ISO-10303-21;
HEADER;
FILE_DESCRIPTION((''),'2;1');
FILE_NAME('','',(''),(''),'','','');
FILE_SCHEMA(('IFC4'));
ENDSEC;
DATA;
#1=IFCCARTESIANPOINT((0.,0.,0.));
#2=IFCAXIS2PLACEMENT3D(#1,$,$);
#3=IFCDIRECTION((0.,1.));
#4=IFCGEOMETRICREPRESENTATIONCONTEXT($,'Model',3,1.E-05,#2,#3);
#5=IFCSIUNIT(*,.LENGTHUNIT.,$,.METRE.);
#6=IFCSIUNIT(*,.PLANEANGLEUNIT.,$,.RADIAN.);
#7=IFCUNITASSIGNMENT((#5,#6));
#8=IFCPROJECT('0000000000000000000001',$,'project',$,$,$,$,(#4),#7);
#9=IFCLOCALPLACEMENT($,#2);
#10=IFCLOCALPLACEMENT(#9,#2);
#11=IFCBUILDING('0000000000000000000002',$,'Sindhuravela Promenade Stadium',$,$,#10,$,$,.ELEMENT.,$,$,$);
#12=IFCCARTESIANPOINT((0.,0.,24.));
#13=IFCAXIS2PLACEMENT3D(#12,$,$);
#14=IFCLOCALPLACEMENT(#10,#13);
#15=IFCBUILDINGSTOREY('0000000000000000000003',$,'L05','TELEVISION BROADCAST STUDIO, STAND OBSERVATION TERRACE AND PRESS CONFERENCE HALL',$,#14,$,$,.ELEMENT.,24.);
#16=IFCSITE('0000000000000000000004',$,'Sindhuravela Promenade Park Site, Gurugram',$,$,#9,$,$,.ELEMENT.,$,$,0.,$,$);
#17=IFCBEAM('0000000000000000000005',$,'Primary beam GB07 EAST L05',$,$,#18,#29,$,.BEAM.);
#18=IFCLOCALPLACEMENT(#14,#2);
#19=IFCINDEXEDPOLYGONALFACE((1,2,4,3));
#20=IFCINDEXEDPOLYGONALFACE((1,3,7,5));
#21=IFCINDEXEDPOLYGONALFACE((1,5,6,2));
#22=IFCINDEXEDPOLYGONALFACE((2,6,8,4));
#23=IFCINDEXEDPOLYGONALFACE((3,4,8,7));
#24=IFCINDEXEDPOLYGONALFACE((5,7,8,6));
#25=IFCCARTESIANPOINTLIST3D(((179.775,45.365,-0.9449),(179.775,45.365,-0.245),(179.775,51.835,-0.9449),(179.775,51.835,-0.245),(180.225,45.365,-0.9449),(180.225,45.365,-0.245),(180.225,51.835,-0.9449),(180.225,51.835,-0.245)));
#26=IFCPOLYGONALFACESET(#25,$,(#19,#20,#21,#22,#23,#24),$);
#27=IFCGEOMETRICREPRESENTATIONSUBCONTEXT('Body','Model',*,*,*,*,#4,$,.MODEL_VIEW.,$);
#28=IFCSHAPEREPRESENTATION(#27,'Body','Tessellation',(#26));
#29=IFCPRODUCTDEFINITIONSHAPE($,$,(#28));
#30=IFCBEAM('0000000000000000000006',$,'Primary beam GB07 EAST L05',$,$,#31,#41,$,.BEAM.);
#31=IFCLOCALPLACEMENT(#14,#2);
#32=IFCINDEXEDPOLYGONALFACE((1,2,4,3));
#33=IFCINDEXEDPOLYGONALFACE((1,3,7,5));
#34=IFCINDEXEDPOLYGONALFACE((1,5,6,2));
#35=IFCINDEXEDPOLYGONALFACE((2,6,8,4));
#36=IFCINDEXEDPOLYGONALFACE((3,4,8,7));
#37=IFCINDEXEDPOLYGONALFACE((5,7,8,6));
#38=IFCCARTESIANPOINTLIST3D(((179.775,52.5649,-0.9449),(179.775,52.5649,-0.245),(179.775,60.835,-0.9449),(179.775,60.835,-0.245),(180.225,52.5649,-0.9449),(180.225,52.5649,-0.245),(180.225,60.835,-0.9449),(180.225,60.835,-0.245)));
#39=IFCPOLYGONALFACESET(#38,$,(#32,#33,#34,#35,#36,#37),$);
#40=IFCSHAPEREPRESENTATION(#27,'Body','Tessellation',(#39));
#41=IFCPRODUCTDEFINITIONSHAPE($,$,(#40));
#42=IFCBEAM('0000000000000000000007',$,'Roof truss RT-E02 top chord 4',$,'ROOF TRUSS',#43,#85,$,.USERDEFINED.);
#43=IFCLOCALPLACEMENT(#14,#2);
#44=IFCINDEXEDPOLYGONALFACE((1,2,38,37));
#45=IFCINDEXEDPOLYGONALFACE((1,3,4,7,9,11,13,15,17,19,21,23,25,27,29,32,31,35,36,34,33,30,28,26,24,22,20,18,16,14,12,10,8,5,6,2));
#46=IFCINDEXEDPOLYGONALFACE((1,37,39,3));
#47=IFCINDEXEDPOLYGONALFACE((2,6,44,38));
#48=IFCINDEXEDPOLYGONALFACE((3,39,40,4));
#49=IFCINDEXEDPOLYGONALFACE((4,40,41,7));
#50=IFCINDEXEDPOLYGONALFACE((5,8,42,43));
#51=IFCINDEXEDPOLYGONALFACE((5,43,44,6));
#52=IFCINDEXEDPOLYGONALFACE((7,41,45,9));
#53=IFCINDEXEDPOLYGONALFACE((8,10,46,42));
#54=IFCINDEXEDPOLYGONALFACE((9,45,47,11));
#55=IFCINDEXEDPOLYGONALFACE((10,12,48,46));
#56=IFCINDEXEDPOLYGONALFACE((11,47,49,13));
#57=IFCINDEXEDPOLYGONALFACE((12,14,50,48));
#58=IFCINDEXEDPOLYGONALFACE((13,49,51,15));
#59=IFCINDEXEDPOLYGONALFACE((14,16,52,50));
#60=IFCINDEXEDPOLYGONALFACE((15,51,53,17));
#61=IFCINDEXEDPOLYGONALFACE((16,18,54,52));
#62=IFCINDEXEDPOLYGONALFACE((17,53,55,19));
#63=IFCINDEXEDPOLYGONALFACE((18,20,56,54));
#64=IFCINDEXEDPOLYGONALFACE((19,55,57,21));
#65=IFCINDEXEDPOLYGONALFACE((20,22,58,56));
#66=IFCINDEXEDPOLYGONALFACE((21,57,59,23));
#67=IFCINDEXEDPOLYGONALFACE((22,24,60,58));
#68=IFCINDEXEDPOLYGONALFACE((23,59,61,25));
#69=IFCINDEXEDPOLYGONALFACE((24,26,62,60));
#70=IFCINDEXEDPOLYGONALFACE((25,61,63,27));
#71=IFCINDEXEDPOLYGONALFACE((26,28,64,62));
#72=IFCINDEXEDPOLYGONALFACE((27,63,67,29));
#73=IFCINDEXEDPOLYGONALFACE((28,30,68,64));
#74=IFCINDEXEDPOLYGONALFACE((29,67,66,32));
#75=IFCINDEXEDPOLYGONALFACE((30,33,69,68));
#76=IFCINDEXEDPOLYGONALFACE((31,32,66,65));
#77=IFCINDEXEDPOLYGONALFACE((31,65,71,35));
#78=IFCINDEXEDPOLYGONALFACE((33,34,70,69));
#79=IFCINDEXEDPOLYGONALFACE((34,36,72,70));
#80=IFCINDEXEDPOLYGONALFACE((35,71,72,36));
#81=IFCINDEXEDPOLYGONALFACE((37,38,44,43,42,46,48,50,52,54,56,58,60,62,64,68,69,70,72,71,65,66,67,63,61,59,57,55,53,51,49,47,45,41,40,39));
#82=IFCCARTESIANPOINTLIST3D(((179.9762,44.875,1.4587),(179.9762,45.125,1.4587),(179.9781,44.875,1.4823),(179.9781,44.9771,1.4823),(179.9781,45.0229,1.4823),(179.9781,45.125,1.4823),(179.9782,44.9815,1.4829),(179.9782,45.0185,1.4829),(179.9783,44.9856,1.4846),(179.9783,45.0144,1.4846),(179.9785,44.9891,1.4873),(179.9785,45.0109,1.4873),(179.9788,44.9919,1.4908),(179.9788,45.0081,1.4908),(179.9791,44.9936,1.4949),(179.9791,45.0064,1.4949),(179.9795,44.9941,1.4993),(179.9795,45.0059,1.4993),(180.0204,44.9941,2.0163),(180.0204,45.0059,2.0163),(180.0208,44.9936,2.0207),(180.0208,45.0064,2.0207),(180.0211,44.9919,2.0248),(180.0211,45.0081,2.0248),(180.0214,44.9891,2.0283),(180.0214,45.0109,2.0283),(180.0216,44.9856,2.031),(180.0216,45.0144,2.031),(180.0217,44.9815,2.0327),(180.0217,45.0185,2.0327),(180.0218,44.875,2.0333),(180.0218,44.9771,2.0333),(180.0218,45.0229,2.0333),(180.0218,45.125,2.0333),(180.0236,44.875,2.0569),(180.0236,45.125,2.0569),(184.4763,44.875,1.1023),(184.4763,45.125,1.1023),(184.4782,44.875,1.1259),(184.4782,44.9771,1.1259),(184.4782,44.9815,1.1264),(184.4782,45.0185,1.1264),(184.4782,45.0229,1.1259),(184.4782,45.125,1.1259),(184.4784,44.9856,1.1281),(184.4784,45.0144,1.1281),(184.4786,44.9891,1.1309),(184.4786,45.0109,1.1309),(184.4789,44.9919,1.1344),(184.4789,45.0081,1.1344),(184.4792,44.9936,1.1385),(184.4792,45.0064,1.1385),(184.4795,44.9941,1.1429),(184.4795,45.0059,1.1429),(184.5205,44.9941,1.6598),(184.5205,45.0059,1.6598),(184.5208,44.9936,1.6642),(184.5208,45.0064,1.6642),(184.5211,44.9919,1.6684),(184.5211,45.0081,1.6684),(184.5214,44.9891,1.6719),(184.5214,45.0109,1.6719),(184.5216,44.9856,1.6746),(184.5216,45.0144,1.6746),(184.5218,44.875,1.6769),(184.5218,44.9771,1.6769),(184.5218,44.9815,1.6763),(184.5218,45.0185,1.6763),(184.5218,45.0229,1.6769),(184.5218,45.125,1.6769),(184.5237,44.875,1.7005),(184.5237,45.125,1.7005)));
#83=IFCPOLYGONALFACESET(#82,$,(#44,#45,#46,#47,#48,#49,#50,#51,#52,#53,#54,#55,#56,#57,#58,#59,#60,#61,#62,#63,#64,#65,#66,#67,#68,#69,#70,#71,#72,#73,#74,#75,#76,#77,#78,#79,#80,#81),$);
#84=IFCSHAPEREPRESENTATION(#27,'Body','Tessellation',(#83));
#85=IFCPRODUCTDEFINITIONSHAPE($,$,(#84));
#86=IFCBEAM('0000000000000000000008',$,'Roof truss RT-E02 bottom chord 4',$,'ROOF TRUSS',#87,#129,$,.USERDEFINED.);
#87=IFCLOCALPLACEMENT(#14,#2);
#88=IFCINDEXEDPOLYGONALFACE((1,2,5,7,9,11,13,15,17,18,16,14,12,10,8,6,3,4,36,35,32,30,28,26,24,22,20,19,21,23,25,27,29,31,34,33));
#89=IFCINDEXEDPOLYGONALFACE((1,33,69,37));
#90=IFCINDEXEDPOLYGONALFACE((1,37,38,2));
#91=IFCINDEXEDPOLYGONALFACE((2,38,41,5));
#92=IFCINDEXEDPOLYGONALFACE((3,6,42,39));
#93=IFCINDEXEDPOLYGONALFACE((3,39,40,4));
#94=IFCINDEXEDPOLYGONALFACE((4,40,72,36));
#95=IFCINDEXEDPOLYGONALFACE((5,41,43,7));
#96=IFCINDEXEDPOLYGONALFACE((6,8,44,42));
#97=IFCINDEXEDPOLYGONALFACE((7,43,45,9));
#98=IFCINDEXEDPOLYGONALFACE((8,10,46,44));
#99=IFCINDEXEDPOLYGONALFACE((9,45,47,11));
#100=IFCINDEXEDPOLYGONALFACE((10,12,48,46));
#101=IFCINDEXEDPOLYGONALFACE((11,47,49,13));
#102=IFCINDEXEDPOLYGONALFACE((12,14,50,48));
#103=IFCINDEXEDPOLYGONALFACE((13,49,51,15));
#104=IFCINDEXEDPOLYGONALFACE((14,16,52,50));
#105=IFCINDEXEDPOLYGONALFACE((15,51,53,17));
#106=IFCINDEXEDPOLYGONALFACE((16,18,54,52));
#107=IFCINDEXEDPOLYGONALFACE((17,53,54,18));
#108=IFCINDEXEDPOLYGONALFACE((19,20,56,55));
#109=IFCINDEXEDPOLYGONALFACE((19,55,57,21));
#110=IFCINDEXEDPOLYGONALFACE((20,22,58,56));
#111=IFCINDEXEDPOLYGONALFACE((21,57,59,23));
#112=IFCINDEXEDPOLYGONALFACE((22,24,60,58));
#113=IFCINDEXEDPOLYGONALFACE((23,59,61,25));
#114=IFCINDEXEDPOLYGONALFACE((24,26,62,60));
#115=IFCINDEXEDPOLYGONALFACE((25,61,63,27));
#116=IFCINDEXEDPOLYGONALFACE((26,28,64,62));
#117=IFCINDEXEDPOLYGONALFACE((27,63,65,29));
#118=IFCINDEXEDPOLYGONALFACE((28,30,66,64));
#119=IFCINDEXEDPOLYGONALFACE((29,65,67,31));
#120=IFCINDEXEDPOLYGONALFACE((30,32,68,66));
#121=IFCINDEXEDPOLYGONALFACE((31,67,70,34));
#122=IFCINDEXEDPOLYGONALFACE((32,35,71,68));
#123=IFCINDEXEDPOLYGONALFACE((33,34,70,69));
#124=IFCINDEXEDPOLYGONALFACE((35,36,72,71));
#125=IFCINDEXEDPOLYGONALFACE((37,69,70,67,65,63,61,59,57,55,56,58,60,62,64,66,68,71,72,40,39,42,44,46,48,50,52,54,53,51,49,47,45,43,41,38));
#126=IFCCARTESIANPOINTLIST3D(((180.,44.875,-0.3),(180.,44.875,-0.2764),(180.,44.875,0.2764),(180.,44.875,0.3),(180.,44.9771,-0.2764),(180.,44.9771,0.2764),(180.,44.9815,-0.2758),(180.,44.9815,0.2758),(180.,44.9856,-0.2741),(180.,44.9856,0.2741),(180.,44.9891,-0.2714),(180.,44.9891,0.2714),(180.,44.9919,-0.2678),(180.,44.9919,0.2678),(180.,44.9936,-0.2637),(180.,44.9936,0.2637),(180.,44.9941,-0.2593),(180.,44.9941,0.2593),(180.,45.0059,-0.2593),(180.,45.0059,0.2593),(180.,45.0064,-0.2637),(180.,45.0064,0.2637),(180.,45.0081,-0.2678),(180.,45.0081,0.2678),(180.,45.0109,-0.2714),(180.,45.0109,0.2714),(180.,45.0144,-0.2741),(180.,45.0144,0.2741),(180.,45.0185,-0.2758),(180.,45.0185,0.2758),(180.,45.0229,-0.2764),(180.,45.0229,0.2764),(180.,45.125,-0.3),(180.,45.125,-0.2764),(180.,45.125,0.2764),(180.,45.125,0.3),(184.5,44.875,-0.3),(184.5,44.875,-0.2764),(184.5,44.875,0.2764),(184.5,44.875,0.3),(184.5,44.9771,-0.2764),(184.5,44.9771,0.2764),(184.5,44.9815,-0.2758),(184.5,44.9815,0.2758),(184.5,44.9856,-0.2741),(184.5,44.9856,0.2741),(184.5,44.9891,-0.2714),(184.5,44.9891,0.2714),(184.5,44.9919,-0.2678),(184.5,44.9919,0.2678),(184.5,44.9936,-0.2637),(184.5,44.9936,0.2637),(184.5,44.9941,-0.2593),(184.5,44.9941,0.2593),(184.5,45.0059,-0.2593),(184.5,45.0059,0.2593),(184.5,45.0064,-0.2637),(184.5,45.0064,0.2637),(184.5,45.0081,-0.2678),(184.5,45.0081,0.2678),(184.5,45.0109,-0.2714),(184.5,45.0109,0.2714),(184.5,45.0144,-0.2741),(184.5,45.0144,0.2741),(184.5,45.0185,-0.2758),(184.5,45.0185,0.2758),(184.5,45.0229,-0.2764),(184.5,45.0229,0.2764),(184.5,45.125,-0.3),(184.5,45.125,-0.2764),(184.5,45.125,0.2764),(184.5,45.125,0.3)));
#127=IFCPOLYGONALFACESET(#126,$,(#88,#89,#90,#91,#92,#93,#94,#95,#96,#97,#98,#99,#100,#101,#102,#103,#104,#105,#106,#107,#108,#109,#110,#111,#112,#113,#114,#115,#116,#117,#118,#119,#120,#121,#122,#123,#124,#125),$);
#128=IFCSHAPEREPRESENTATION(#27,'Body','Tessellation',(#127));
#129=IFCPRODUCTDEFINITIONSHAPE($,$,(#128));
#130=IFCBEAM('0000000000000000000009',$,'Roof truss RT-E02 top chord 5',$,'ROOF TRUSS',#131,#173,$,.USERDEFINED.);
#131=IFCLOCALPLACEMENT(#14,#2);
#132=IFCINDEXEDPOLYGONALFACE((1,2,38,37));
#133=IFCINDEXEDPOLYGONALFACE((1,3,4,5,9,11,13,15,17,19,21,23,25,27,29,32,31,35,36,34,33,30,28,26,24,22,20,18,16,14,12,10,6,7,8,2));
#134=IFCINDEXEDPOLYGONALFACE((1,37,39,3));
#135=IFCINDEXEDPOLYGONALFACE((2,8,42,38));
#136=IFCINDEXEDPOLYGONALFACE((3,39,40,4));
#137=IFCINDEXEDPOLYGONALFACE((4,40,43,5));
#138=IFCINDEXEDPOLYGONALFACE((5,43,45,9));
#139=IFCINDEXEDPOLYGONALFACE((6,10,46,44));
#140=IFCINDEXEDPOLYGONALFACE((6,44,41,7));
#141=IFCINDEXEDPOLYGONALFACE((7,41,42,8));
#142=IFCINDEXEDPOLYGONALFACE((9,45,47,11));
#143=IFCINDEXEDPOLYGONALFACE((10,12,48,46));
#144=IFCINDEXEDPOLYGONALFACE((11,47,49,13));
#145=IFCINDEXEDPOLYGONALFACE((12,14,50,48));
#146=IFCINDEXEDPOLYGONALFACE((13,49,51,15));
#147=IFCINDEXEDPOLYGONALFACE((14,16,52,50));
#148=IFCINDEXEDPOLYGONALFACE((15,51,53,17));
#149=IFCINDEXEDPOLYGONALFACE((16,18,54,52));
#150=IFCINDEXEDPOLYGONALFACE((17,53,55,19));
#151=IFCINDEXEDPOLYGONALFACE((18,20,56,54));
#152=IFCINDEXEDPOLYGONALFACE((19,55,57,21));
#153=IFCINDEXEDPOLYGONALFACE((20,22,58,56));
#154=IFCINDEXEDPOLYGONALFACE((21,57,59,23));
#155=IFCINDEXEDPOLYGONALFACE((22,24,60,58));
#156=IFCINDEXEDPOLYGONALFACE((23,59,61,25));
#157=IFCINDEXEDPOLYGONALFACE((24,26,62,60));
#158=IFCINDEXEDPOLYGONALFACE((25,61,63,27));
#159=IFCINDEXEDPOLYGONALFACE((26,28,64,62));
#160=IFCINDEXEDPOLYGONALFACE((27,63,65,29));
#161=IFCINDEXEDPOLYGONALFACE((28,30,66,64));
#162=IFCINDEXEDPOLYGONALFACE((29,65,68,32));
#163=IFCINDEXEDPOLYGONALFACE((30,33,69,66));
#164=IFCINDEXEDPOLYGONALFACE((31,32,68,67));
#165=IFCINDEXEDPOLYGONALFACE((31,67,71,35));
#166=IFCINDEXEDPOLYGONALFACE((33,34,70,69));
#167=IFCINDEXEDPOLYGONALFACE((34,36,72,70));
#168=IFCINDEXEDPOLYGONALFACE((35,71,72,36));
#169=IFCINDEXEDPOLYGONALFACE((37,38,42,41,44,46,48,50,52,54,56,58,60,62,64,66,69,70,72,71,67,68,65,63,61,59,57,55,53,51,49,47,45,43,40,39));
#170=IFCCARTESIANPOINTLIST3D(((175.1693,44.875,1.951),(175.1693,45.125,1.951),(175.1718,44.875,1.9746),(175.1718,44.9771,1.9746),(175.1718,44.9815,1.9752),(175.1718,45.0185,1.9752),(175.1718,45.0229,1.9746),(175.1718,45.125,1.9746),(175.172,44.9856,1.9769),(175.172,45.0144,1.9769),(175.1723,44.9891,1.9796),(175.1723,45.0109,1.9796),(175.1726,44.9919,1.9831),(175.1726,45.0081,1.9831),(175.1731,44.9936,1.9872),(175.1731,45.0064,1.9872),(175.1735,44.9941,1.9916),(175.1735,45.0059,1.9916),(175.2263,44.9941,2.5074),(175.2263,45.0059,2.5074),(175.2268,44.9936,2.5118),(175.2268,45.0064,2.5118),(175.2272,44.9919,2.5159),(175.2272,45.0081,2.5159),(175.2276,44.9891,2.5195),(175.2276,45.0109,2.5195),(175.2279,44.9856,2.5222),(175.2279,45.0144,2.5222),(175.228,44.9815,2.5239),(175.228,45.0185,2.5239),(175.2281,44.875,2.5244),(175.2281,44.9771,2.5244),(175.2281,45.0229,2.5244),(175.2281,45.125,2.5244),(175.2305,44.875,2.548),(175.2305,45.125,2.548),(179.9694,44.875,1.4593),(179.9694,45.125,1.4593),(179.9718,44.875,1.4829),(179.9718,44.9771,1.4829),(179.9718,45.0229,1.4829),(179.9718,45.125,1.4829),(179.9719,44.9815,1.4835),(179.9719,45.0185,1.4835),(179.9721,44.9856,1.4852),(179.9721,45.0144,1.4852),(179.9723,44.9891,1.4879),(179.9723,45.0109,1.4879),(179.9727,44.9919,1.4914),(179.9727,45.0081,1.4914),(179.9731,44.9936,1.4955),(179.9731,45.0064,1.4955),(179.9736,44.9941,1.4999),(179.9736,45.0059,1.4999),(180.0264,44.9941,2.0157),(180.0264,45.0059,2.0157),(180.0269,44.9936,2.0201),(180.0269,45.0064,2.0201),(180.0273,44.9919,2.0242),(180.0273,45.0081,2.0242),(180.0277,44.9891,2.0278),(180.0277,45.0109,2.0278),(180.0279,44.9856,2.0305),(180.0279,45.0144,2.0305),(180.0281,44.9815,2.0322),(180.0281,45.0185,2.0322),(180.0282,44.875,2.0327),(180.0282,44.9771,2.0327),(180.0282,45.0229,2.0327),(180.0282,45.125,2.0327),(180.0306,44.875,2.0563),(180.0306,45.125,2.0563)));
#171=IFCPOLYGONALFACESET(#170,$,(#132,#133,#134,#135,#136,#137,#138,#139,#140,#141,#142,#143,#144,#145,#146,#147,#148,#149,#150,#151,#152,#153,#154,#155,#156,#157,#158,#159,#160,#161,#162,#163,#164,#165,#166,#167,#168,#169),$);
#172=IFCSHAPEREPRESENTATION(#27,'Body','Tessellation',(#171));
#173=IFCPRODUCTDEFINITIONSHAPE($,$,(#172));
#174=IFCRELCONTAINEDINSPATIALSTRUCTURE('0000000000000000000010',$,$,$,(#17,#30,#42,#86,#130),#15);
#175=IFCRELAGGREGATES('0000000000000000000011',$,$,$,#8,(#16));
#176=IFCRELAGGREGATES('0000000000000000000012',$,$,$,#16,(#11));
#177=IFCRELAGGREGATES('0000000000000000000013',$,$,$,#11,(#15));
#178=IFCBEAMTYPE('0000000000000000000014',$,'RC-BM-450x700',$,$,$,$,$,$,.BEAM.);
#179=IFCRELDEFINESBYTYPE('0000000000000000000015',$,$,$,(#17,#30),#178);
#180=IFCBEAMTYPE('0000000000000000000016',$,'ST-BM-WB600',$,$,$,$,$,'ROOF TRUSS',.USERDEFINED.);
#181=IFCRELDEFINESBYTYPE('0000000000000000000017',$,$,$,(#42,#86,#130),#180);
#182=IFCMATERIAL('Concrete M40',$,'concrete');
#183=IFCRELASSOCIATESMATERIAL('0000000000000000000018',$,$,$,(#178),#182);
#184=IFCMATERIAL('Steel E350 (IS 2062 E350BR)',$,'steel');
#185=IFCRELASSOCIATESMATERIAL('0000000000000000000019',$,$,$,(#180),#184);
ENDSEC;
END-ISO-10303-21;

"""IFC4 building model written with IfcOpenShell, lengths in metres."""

from ifc_helpers import new_model, si_unit, direction, frame, origin, origin_2d, place, context, subcontext, project, spatial, rectangle, i_section, extrude, material, material_profile, profile_set, type_object, element, save


model = new_model("IFC4")

# Units and contexts
model_context = context("Model", 3, precision=1e-05, world=origin(), true_north=direction((0.0, 1.0)))
body_context = subcontext(model_context, "Body", "Model", "MODEL_VIEW")
ifc_project = project(units=[si_unit("LENGTHUNIT", "METRE"), si_unit("PLANEANGLEUNIT", "RADIAN")], contexts=[model_context])

# Site, building, storey
site_placement = place(None, origin())
site = spatial("IfcSite", under=ifc_project, at=site_placement, Name="Sindhuravela Promenade Park Site, Gurugram", CompositionType="ELEMENT", RefElevation=0.0)
building_placement = place(site_placement, origin())
building = spatial("IfcBuilding", under=site, at=building_placement, Name="Sindhuravela Promenade Stadium", CompositionType="ELEMENT")
storey_placement = place(building_placement, frame((0.0, 0.0, 24.0)))
storey = spatial("IfcBuildingStorey", under=building, at=storey_placement, Name="L05", Description="TELEVISION BROADCAST STUDIO, STAND OBSERVATION TERRACE AND PRESS CONFERENCE HALL", CompositionType="ELEMENT", Elevation=24.0)

# Beams
ifc_material_1 = material(Name="Concrete M40", Category="concrete")
ifc_material_profile_1 = material_profile(ifc_material_1, rectangle(XDim=0.45, YDim=0.7, at=origin_2d()), Name="RC 450x700")
ifc_profile_set_1 = profile_set([ifc_material_profile_1], Name="Concrete M40")
beam_type_1 = type_object("IfcBeamType", Name="RC-BM-450x700", PredefinedType="BEAM", material=ifc_profile_set_1)
beam_1_placement = place(storey_placement, frame((180.0, 45.365, -0.595), z_axis=(0.0, 1.0, 0.0), x_axis=(-1.0, 0.0, 0.0)))
element("IfcBeam", 1, at=beam_1_placement, inside=storey, type_object=beam_type_1, Name="Primary beam GB07 EAST L05", PredefinedType="BEAM", context=body_context, shape_type="SweptSolid", body=[
    extrude(rectangle(XDim=0.45, YDim=0.7, at=origin_2d()), origin(), (0.0, 0.0, 1.0), 6.47),
])
beam_2_placement = place(storey_placement, frame((180.0, 52.5649, -0.595), z_axis=(0.0, 1.0, 0.0), x_axis=(-1.0, 0.0, 0.0)))
element("IfcBeam", 2, at=beam_2_placement, inside=storey, type_object=beam_type_1, Name="Primary beam GB07 EAST L05", PredefinedType="BEAM", context=body_context, shape_type="SweptSolid", body=[
    extrude(rectangle(XDim=0.45, YDim=0.7, at=origin_2d()), origin(), (0.0, 0.0, 1.0), 8.27),
])
ifc_material_2 = material(Name="Steel E350 (IS 2062 E350BR)", Category="steel")
ifc_material_profile_2 = material_profile(ifc_material_2, i_section(OverallWidth=0.25, OverallDepth=0.6001, WebThickness=0.0117, FlangeThickness=0.0237, FilletRadius=0.0171, at=origin_2d()), Name="ISWB 600")
ifc_profile_set_2 = profile_set([ifc_material_profile_2], Name="Steel E350 (IS 2062 E350BR)")
beam_type_2 = type_object("IfcBeamType", Name="ST-BM-WB600", ElementType="ROOF TRUSS", PredefinedType="USERDEFINED", material=ifc_profile_set_2)
beam_3_placement = place(storey_placement, frame((184.5, 45.0, 1.4014), z_axis=(-0.996878, 0.0, 0.078963), x_axis=(0.0, -1.0, 0.0)))
element("IfcBeam", 3, at=beam_3_placement, inside=storey, type_object=beam_type_2, Name="Roof truss RT-E02 top chord 4", ObjectType="ROOF TRUSS", PredefinedType="USERDEFINED", context=body_context, shape_type="SweptSolid", body=[
    extrude(i_section(OverallWidth=0.25, OverallDepth=0.6001, WebThickness=0.0117, FlangeThickness=0.0237, FilletRadius=0.0171, at=origin_2d()), origin(), (0.0, 0.0, 1.0), 4.5142),
])
beam_4_placement = place(storey_placement, frame((184.5, 45.0, 0.0), z_axis=(-1.0, 0.0, 0.0), x_axis=(0.0, -1.0, 0.0)))
element("IfcBeam", 4, at=beam_4_placement, inside=storey, type_object=beam_type_2, Name="Roof truss RT-E02 bottom chord 4", ObjectType="ROOF TRUSS", PredefinedType="USERDEFINED", context=body_context, shape_type="SweptSolid", body=[
    extrude(i_section(OverallWidth=0.25, OverallDepth=0.6001, WebThickness=0.0117, FlangeThickness=0.0237, FilletRadius=0.0171, at=origin_2d()), origin(), (0.0, 0.0, 1.0), 4.5),
])
beam_5_placement = place(storey_placement, frame((180.0, 45.0, 1.7578), z_axis=(-0.994794, 0.0, 0.101903), x_axis=(0.0, -1.0, 0.0)))
element("IfcBeam", 5, at=beam_5_placement, inside=storey, type_object=beam_type_2, Name="Roof truss RT-E02 top chord 5", ObjectType="ROOF TRUSS", PredefinedType="USERDEFINED", context=body_context, shape_type="SweptSolid", body=[
    extrude(i_section(OverallWidth=0.25, OverallDepth=0.6001, WebThickness=0.0117, FlangeThickness=0.0237, FilletRadius=0.0171, at=origin_2d()), origin(), (0.0, 0.0, 1.0), 4.8252),
])

save(model, "model.ifc")
